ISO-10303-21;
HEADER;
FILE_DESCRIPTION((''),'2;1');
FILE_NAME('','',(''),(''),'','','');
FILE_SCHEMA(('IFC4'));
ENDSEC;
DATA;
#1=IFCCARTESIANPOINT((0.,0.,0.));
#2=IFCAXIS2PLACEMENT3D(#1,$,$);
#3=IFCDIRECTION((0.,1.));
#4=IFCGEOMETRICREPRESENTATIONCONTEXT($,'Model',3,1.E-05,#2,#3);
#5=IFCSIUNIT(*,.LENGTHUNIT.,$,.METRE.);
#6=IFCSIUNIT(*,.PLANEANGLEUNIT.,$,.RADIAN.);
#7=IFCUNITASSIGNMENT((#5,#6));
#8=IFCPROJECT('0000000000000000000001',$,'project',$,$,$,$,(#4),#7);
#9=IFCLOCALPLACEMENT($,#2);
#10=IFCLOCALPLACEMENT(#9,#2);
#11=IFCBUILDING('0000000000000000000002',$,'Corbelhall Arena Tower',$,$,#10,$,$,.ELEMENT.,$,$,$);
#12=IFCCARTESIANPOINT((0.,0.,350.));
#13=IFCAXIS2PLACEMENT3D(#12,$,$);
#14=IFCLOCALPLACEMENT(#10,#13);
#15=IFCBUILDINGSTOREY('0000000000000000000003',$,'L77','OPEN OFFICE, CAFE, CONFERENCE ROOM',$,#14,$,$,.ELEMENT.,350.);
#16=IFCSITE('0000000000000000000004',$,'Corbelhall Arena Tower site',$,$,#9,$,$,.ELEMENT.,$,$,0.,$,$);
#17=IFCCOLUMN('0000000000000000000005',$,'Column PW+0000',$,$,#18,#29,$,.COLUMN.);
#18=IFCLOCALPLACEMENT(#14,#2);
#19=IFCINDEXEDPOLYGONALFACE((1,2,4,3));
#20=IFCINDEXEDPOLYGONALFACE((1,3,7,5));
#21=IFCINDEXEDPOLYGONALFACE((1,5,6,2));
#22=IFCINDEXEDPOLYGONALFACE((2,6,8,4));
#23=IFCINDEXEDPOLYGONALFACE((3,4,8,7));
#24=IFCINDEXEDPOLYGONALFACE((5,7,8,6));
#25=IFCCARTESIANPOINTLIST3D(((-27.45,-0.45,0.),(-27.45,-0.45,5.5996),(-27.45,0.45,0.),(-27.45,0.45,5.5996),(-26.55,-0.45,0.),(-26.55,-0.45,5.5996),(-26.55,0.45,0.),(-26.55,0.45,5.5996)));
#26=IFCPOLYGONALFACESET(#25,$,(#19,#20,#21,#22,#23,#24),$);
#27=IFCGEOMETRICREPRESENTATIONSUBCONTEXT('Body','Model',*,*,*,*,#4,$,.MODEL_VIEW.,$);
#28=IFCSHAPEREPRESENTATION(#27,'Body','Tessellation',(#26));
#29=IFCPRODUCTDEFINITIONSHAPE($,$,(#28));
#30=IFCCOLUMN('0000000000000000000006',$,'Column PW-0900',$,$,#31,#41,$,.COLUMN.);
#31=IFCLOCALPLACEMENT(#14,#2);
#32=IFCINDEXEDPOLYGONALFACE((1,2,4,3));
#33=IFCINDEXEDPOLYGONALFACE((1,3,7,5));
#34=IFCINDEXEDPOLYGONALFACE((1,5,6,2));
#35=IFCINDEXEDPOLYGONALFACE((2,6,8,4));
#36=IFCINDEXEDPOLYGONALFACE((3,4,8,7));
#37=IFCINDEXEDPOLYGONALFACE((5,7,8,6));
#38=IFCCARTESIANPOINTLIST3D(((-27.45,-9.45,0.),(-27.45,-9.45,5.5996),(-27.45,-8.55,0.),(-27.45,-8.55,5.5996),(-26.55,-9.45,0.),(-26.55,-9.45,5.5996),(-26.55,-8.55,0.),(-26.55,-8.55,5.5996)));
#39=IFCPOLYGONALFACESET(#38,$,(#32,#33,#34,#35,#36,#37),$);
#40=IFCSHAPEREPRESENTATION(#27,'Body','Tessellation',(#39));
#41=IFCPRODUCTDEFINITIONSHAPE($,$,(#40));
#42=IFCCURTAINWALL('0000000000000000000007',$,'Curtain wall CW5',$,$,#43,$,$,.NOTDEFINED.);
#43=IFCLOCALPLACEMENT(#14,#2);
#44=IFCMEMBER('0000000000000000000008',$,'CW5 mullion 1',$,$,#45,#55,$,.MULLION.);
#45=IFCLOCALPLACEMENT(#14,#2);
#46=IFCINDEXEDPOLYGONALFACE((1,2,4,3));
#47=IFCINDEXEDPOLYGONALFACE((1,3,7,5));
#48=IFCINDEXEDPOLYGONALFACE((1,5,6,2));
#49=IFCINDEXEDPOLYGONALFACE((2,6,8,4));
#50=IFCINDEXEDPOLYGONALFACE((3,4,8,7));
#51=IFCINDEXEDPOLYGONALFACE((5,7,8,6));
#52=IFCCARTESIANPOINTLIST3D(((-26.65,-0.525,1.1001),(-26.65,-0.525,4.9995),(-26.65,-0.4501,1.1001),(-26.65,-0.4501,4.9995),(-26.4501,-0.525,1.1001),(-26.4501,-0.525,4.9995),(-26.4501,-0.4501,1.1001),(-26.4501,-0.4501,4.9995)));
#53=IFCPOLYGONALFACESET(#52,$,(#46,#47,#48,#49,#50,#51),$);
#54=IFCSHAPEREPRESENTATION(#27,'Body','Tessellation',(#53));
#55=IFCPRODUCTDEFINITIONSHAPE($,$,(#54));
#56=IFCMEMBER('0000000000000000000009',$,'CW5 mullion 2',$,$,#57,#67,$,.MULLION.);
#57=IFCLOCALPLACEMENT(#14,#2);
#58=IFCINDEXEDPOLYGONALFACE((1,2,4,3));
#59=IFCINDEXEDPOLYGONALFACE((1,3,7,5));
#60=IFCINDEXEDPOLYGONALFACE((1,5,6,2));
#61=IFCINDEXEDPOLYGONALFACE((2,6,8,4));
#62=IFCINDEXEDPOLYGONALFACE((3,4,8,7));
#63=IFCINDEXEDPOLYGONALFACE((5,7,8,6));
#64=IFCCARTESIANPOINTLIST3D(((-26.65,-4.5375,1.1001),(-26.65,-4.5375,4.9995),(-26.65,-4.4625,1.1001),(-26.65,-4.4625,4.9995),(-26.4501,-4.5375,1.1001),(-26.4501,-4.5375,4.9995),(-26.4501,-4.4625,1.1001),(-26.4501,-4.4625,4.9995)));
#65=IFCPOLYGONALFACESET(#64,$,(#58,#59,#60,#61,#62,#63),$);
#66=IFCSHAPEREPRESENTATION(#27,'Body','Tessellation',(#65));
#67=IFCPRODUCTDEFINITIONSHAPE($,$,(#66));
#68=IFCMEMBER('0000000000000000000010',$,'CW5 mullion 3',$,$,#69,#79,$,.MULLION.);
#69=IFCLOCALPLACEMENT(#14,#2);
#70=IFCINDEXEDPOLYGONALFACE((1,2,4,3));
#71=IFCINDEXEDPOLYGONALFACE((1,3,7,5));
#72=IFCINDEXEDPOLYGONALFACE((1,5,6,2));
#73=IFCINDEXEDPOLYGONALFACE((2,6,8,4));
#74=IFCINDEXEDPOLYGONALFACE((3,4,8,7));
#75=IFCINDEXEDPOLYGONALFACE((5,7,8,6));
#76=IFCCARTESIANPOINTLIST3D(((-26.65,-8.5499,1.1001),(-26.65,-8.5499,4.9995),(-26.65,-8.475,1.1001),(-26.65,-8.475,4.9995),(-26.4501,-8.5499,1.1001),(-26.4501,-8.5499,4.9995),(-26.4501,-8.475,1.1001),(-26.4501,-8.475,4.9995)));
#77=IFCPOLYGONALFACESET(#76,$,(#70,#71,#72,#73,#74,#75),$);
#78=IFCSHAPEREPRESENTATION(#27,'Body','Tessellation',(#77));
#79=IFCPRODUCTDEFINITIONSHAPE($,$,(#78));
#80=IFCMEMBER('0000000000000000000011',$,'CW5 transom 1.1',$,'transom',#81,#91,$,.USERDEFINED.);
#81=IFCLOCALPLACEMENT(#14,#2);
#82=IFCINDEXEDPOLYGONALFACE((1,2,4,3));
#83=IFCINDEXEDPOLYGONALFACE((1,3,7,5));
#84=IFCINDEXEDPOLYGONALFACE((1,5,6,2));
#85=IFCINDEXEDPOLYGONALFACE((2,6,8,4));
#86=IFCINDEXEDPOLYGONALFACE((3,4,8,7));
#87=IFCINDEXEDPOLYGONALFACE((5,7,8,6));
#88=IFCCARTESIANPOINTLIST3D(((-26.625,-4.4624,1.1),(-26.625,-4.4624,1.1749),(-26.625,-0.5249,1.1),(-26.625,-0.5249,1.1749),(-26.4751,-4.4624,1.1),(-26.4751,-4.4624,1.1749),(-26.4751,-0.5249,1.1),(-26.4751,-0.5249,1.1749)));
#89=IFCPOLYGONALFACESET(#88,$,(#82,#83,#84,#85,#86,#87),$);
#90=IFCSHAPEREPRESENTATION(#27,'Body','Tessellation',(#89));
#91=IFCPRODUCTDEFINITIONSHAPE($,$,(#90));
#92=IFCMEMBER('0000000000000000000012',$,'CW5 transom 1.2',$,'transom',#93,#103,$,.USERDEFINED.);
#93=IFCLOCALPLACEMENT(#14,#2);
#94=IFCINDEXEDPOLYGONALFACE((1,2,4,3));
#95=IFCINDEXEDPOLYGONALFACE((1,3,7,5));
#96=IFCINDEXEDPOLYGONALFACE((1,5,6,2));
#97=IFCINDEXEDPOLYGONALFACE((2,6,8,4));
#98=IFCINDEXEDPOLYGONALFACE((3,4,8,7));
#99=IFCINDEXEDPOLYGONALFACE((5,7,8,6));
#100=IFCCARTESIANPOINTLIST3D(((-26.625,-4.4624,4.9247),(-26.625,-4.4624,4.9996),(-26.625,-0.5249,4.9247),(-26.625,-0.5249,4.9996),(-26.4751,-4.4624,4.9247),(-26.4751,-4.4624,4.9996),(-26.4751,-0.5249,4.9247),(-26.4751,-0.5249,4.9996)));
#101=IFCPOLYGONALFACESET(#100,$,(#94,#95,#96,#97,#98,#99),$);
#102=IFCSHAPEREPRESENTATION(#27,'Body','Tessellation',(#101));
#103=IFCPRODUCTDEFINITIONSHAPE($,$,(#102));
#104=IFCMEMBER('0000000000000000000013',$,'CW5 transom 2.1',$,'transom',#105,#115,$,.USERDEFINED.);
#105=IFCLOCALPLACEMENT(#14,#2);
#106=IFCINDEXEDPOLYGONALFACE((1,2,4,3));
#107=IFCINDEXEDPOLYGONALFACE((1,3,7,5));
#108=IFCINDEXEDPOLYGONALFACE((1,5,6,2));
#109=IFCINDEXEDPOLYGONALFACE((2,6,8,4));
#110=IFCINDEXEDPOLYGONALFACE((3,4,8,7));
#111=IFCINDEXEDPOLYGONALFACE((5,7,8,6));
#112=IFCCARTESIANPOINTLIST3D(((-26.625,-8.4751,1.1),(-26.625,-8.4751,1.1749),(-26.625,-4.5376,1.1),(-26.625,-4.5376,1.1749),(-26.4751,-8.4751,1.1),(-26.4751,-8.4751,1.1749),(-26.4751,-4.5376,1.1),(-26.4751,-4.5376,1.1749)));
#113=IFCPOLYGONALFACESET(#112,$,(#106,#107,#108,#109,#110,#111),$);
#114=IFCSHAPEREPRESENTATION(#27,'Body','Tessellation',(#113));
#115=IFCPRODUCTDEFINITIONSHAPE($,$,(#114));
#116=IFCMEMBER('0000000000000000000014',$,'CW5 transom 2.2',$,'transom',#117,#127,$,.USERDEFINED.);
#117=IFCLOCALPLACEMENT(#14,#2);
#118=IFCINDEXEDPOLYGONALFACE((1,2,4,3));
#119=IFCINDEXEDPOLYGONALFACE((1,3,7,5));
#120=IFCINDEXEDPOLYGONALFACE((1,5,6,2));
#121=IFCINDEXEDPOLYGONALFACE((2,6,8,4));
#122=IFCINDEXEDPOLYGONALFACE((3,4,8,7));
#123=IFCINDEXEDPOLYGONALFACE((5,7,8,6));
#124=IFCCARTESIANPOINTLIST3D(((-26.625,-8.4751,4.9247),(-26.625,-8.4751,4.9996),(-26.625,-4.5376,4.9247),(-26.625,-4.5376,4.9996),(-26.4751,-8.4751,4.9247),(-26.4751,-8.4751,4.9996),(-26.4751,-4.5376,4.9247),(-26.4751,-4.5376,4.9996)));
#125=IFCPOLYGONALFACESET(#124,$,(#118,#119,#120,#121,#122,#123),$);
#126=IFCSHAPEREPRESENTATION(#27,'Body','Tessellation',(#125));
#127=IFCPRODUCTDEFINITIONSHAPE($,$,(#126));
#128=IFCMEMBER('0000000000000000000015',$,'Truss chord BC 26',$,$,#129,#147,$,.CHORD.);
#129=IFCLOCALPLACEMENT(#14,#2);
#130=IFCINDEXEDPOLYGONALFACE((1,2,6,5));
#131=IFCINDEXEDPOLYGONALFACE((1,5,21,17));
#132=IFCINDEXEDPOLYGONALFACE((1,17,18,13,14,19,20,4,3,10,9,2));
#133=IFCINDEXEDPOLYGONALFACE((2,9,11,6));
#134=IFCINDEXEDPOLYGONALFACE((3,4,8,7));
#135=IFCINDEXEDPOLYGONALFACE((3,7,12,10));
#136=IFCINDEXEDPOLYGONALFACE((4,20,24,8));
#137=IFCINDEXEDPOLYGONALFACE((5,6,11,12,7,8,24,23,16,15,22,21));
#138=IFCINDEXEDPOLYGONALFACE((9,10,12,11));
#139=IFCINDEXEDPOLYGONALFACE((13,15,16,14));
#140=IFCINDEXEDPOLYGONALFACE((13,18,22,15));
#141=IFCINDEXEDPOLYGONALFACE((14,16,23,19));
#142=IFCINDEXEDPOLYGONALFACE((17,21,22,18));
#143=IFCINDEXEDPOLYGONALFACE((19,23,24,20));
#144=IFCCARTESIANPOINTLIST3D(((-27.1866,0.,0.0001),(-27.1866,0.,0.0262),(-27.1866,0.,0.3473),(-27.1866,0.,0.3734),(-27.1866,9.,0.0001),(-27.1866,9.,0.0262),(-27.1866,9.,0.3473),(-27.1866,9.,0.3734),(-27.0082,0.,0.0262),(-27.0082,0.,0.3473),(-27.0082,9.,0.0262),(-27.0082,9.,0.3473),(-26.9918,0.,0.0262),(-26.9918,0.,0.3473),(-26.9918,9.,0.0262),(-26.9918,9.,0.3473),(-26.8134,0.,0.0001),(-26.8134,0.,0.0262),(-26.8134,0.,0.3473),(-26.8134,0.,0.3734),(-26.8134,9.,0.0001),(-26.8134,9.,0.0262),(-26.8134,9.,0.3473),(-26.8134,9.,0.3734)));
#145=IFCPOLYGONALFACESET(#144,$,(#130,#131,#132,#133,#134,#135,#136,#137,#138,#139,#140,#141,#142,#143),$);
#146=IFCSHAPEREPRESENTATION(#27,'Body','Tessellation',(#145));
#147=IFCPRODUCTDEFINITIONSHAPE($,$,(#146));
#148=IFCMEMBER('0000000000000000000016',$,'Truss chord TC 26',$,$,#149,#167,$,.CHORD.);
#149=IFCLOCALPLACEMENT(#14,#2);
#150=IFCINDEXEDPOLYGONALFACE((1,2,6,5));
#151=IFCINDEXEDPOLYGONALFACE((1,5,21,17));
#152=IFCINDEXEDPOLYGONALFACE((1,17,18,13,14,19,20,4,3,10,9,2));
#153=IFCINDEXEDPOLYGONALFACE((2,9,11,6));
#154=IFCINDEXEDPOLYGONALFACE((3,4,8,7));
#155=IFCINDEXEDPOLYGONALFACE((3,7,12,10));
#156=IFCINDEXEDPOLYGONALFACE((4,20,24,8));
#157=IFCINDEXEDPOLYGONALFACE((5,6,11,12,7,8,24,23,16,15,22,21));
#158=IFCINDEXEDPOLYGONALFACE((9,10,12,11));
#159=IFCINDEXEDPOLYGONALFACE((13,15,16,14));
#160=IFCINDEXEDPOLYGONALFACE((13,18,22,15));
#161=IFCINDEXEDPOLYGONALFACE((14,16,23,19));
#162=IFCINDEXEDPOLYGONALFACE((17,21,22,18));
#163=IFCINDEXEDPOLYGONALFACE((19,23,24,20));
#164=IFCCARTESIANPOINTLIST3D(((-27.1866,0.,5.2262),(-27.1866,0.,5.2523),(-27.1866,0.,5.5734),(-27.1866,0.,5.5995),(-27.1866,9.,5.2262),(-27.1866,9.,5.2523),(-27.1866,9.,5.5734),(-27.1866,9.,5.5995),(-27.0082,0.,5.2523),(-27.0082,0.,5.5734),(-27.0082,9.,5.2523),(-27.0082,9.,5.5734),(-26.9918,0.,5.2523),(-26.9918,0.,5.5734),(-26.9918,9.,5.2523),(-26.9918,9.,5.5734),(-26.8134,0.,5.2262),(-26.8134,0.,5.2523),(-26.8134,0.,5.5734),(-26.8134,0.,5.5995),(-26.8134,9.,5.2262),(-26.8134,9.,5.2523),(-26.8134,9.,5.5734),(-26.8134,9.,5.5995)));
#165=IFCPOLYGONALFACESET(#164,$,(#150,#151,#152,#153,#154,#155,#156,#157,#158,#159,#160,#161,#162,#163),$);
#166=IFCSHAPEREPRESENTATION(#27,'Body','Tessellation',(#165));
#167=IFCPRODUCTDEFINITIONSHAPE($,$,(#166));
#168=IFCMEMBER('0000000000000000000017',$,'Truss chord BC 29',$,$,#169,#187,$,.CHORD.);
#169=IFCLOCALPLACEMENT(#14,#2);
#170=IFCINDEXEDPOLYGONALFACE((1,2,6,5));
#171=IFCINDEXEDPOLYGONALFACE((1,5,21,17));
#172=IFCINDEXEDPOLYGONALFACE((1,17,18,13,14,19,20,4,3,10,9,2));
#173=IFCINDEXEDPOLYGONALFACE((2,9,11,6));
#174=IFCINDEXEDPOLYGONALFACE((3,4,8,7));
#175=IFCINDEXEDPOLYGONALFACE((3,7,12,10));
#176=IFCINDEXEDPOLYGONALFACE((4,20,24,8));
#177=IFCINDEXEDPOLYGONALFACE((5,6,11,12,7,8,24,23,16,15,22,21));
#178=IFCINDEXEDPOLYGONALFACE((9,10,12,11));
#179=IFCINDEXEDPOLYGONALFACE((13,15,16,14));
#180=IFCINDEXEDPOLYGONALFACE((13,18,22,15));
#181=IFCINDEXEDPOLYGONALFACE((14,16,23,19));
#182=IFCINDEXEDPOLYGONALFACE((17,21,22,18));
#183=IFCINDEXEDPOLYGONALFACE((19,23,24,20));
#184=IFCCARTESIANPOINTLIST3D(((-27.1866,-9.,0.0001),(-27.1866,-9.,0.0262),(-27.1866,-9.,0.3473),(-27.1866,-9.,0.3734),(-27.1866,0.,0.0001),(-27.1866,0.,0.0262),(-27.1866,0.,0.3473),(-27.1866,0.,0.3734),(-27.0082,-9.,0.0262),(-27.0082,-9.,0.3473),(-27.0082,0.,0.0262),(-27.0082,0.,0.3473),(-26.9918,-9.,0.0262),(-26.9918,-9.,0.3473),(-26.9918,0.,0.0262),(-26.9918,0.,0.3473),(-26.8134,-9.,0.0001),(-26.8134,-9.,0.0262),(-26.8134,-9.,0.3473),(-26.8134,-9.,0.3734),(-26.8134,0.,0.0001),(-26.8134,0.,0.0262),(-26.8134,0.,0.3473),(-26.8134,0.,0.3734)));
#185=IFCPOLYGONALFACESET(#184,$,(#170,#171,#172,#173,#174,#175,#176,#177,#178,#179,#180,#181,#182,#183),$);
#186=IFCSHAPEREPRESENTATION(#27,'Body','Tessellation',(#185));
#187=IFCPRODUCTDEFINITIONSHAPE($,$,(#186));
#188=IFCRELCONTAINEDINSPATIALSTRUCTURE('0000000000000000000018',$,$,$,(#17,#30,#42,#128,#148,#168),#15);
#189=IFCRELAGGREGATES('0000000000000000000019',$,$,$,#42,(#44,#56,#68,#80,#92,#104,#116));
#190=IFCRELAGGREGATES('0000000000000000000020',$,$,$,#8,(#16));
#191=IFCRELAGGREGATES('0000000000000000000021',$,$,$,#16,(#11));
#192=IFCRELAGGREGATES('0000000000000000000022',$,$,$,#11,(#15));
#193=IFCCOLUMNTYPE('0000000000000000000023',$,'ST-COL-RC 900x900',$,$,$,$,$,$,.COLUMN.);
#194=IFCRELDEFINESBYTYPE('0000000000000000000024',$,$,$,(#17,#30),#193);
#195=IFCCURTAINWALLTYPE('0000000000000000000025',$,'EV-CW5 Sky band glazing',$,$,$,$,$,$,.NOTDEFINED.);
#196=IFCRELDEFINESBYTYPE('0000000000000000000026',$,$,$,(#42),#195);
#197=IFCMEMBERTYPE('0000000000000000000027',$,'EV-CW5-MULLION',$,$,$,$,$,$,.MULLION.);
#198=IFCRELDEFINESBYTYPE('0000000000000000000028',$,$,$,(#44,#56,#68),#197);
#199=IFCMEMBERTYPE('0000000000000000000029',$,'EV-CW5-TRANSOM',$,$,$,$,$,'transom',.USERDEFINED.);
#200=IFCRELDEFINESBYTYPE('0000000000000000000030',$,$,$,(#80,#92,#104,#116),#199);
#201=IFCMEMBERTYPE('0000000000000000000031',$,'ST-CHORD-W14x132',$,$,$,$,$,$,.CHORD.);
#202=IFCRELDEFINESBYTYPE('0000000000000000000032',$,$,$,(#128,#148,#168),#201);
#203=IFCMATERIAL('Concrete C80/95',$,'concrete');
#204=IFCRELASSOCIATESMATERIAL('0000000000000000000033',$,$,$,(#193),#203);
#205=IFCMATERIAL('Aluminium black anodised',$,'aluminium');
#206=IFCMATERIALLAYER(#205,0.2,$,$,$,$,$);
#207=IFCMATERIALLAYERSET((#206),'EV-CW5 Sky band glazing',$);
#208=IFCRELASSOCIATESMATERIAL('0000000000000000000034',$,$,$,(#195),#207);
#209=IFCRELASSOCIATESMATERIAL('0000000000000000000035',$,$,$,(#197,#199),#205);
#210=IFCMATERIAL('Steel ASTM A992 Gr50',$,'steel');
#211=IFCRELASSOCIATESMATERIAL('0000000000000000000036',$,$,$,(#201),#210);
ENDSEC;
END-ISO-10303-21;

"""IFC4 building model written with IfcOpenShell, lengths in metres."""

from ifc_helpers import new_model, si_unit, direction, frame, origin, origin_2d, place, context, subcontext, project, spatial, rectangle, i_section, extrude, material, layer, layer_set, material_profile, profile_set, type_object, element, aggregate, save


model = new_model("IFC4")

# Units and contexts
model_context = context("Model", 3, precision=1e-05, world=origin(), true_north=direction((0.0, 1.0)))
body_context = subcontext(model_context, "Body", "Model", "MODEL_VIEW")
ifc_project = project(units=[si_unit("LENGTHUNIT", "METRE"), si_unit("PLANEANGLEUNIT", "RADIAN")], contexts=[model_context])

# Site, building, storey
site_placement = place(None, origin())
site = spatial("IfcSite", under=ifc_project, at=site_placement, Name="Corbelhall Arena Tower site", CompositionType="ELEMENT", RefElevation=0.0)
building_placement = place(site_placement, origin())
building = spatial("IfcBuilding", under=site, at=building_placement, Name="Corbelhall Arena Tower", CompositionType="ELEMENT")
storey_placement = place(building_placement, frame((0.0, 0.0, 350.0)))
storey = spatial("IfcBuildingStorey", under=building, at=storey_placement, Name="L77", Description="OPEN OFFICE, CAFE, CONFERENCE ROOM", CompositionType="ELEMENT", Elevation=350.0)

# Columns
ifc_material_1 = material(Name="Concrete C80/95", Category="concrete")
ifc_material_profile_1 = material_profile(ifc_material_1, rectangle(XDim=0.8999, YDim=0.8999, at=origin_2d()))
ifc_profile_set_1 = profile_set([ifc_material_profile_1], Name="Concrete C80/95")
column_type = type_object("IfcColumnType", Name="ST-COL-RC 900x900", PredefinedType="COLUMN", material=ifc_profile_set_1)
for number, where, z_axis, x_axis, name in (
    (1, (-27.0, 0.0, 0.0), (0.0, 0.0, 1.0), (0.0, 1.0, 0.0), "Column PW+0000"),
    (2, (-27.0, -9.0, 0.0), (0.0, 0.0, 1.0), (0.0, 1.0, 0.0), "Column PW-0900"),
):
    element("IfcColumn", number, at=place(storey_placement, frame(where, z_axis=z_axis, x_axis=x_axis)), inside=storey, type_object=column_type, Name=name, PredefinedType="COLUMN", context=body_context, shape_type="SweptSolid", body=[
        extrude(rectangle(XDim=0.8999, YDim=0.8999, at=origin_2d()), origin(), (0.0, 0.0, 1.0), 5.5996),
    ])

# Curtain wall, members
ifc_material_2 = material(Name="Aluminium black anodised", Category="aluminium")
ifc_layer_1 = layer(ifc_material_2, 0.2)
ifc_layer_set_1 = layer_set([ifc_layer_1], Name="EV-CW5 Sky band glazing")
curtain_wall_type = type_object("IfcCurtainWallType", Name="EV-CW5 Sky band glazing", PredefinedType="NOTDEFINED", material=ifc_layer_set_1)
curtain_wall_placement = place(storey_placement, origin())
curtain_wall = element("IfcCurtainWall", 3, at=curtain_wall_placement, inside=storey, type_object=curtain_wall_type, Name="Curtain wall CW5", PredefinedType="NOTDEFINED")
ifc_material_profile_2 = material_profile(ifc_material_2, rectangle(XDim=0.2, YDim=0.075, at=origin_2d()))
ifc_profile_set_2 = profile_set([ifc_material_profile_2], Name="Aluminium black anodised")
member_type_1 = type_object("IfcMemberType", Name="EV-CW5-MULLION", PredefinedType="MULLION", material=ifc_profile_set_2)
member_1_placement = place(storey_placement, frame((-26.55, -0.4875, 1.1001), z_axis=(0.0, 0.0, 1.0), x_axis=(1.0, 0.0, 0.0)))
member_1 = element("IfcMember", 4, at=member_1_placement, type_object=member_type_1, Name="CW5 mullion 1", PredefinedType="MULLION", context=body_context, shape_type="SweptSolid", body=[
    extrude(rectangle(XDim=0.2, YDim=0.075, at=origin_2d()), origin(), (0.0, 0.0, 1.0), 3.8994),
])
member_2_placement = place(storey_placement, frame((-26.55, -4.5, 1.1001), z_axis=(0.0, 0.0, 1.0), x_axis=(1.0, 0.0, 0.0)))
member_2 = element("IfcMember", 5, at=member_2_placement, type_object=member_type_1, Name="CW5 mullion 2", PredefinedType="MULLION", context=body_context, shape_type="SweptSolid", body=[
    extrude(rectangle(XDim=0.2, YDim=0.075, at=origin_2d()), origin(), (0.0, 0.0, 1.0), 3.8994),
])
member_3_placement = place(storey_placement, frame((-26.55, -8.5125, 1.1001), z_axis=(0.0, 0.0, 1.0), x_axis=(1.0, 0.0, 0.0)))
member_3 = element("IfcMember", 6, at=member_3_placement, type_object=member_type_1, Name="CW5 mullion 3", PredefinedType="MULLION", context=body_context, shape_type="SweptSolid", body=[
    extrude(rectangle(XDim=0.2, YDim=0.075, at=origin_2d()), origin(), (0.0, 0.0, 1.0), 3.8994),
])
ifc_material_profile_3 = material_profile(ifc_material_2, rectangle(XDim=0.1499, YDim=0.075, at=origin_2d()))
ifc_profile_set_3 = profile_set([ifc_material_profile_3], Name="Aluminium black anodised")
member_type_2 = type_object("IfcMemberType", Name="EV-CW5-TRANSOM", ElementType="transom", PredefinedType="USERDEFINED", material=ifc_profile_set_3)
member_4_placement = place(storey_placement, frame((-26.55, -0.5249, 1.1375), z_axis=(0.0, -1.0, 0.0), x_axis=(1.0, 0.0, 0.0)))
member_4 = element("IfcMember", 7, at=member_4_placement, type_object=member_type_2, Name="CW5 transom 1.1", ObjectType="transom", PredefinedType="USERDEFINED", context=body_context, shape_type="SweptSolid", body=[
    extrude(rectangle(XDim=0.1499, YDim=0.075, at=origin_2d()), origin(), (0.0, 0.0, 1.0), 3.9375),
])
member_5_placement = place(storey_placement, frame((-26.55, -0.5249, 4.9622), z_axis=(0.0, -1.0, 0.0), x_axis=(1.0, 0.0, 0.0)))
member_5 = element("IfcMember", 8, at=member_5_placement, type_object=member_type_2, Name="CW5 transom 1.2", ObjectType="transom", PredefinedType="USERDEFINED", context=body_context, shape_type="SweptSolid", body=[
    extrude(rectangle(XDim=0.1499, YDim=0.075, at=origin_2d()), origin(), (0.0, 0.0, 1.0), 3.9375),
])
member_6_placement = place(storey_placement, frame((-26.55, -4.5376, 1.1375), z_axis=(0.0, -1.0, 0.0), x_axis=(1.0, 0.0, 0.0)))
member_6 = element("IfcMember", 9, at=member_6_placement, type_object=member_type_2, Name="CW5 transom 2.1", ObjectType="transom", PredefinedType="USERDEFINED", context=body_context, shape_type="SweptSolid", body=[
    extrude(rectangle(XDim=0.1499, YDim=0.075, at=origin_2d()), origin(), (0.0, 0.0, 1.0), 3.9375),
])
member_7_placement = place(storey_placement, frame((-26.55, -4.5376, 4.9622), z_axis=(0.0, -1.0, 0.0), x_axis=(1.0, 0.0, 0.0)))
member_7 = element("IfcMember", 10, at=member_7_placement, type_object=member_type_2, Name="CW5 transom 2.2", ObjectType="transom", PredefinedType="USERDEFINED", context=body_context, shape_type="SweptSolid", body=[
    extrude(rectangle(XDim=0.1499, YDim=0.075, at=origin_2d()), origin(), (0.0, 0.0, 1.0), 3.9375),
])

# Members
ifc_material_3 = material(Name="Steel ASTM A992 Gr50", Category="steel")
ifc_material_profile_4 = material_profile(ifc_material_3, i_section(OverallWidth=0.3733, OverallDepth=0.3733, WebThickness=0.0164, FlangeThickness=0.0261, at=origin_2d()))
ifc_profile_set_4 = profile_set([ifc_material_profile_4], Name="Steel ASTM A992 Gr50")
member_type_3 = type_object("IfcMemberType", Name="ST-CHORD-W14x132", PredefinedType="CHORD", material=ifc_profile_set_4)
for number, where, z_axis, x_axis, name in (
    (11, (-27.0, 0.0, 0.1868), (0.0, 1.0, 0.0), (-1.0, 0.0, 0.0), "Truss chord BC 26"),
    (12, (-27.0, 0.0, 5.4128), (0.0, 1.0, 0.0), (-1.0, 0.0, 0.0), "Truss chord TC 26"),
    (13, (-27.0, -9.0, 0.1868), (0.0, 1.0, 0.0), (-1.0, 0.0, 0.0), "Truss chord BC 29"),
):
    element("IfcMember", number, at=place(storey_placement, frame(where, z_axis=z_axis, x_axis=x_axis)), inside=storey, type_object=member_type_3, Name=name, PredefinedType="CHORD", context=body_context, shape_type="SweptSolid", body=[
        extrude(i_section(OverallWidth=0.3733, OverallDepth=0.3733, WebThickness=0.0164, FlangeThickness=0.0261, at=origin_2d()), origin(), (0.0, 0.0, 1.0), 9.0),
    ])

aggregate(curtain_wall, [member_1, member_2, member_3, member_4, member_5, member_6, member_7])

save(model, "model.ifc")
